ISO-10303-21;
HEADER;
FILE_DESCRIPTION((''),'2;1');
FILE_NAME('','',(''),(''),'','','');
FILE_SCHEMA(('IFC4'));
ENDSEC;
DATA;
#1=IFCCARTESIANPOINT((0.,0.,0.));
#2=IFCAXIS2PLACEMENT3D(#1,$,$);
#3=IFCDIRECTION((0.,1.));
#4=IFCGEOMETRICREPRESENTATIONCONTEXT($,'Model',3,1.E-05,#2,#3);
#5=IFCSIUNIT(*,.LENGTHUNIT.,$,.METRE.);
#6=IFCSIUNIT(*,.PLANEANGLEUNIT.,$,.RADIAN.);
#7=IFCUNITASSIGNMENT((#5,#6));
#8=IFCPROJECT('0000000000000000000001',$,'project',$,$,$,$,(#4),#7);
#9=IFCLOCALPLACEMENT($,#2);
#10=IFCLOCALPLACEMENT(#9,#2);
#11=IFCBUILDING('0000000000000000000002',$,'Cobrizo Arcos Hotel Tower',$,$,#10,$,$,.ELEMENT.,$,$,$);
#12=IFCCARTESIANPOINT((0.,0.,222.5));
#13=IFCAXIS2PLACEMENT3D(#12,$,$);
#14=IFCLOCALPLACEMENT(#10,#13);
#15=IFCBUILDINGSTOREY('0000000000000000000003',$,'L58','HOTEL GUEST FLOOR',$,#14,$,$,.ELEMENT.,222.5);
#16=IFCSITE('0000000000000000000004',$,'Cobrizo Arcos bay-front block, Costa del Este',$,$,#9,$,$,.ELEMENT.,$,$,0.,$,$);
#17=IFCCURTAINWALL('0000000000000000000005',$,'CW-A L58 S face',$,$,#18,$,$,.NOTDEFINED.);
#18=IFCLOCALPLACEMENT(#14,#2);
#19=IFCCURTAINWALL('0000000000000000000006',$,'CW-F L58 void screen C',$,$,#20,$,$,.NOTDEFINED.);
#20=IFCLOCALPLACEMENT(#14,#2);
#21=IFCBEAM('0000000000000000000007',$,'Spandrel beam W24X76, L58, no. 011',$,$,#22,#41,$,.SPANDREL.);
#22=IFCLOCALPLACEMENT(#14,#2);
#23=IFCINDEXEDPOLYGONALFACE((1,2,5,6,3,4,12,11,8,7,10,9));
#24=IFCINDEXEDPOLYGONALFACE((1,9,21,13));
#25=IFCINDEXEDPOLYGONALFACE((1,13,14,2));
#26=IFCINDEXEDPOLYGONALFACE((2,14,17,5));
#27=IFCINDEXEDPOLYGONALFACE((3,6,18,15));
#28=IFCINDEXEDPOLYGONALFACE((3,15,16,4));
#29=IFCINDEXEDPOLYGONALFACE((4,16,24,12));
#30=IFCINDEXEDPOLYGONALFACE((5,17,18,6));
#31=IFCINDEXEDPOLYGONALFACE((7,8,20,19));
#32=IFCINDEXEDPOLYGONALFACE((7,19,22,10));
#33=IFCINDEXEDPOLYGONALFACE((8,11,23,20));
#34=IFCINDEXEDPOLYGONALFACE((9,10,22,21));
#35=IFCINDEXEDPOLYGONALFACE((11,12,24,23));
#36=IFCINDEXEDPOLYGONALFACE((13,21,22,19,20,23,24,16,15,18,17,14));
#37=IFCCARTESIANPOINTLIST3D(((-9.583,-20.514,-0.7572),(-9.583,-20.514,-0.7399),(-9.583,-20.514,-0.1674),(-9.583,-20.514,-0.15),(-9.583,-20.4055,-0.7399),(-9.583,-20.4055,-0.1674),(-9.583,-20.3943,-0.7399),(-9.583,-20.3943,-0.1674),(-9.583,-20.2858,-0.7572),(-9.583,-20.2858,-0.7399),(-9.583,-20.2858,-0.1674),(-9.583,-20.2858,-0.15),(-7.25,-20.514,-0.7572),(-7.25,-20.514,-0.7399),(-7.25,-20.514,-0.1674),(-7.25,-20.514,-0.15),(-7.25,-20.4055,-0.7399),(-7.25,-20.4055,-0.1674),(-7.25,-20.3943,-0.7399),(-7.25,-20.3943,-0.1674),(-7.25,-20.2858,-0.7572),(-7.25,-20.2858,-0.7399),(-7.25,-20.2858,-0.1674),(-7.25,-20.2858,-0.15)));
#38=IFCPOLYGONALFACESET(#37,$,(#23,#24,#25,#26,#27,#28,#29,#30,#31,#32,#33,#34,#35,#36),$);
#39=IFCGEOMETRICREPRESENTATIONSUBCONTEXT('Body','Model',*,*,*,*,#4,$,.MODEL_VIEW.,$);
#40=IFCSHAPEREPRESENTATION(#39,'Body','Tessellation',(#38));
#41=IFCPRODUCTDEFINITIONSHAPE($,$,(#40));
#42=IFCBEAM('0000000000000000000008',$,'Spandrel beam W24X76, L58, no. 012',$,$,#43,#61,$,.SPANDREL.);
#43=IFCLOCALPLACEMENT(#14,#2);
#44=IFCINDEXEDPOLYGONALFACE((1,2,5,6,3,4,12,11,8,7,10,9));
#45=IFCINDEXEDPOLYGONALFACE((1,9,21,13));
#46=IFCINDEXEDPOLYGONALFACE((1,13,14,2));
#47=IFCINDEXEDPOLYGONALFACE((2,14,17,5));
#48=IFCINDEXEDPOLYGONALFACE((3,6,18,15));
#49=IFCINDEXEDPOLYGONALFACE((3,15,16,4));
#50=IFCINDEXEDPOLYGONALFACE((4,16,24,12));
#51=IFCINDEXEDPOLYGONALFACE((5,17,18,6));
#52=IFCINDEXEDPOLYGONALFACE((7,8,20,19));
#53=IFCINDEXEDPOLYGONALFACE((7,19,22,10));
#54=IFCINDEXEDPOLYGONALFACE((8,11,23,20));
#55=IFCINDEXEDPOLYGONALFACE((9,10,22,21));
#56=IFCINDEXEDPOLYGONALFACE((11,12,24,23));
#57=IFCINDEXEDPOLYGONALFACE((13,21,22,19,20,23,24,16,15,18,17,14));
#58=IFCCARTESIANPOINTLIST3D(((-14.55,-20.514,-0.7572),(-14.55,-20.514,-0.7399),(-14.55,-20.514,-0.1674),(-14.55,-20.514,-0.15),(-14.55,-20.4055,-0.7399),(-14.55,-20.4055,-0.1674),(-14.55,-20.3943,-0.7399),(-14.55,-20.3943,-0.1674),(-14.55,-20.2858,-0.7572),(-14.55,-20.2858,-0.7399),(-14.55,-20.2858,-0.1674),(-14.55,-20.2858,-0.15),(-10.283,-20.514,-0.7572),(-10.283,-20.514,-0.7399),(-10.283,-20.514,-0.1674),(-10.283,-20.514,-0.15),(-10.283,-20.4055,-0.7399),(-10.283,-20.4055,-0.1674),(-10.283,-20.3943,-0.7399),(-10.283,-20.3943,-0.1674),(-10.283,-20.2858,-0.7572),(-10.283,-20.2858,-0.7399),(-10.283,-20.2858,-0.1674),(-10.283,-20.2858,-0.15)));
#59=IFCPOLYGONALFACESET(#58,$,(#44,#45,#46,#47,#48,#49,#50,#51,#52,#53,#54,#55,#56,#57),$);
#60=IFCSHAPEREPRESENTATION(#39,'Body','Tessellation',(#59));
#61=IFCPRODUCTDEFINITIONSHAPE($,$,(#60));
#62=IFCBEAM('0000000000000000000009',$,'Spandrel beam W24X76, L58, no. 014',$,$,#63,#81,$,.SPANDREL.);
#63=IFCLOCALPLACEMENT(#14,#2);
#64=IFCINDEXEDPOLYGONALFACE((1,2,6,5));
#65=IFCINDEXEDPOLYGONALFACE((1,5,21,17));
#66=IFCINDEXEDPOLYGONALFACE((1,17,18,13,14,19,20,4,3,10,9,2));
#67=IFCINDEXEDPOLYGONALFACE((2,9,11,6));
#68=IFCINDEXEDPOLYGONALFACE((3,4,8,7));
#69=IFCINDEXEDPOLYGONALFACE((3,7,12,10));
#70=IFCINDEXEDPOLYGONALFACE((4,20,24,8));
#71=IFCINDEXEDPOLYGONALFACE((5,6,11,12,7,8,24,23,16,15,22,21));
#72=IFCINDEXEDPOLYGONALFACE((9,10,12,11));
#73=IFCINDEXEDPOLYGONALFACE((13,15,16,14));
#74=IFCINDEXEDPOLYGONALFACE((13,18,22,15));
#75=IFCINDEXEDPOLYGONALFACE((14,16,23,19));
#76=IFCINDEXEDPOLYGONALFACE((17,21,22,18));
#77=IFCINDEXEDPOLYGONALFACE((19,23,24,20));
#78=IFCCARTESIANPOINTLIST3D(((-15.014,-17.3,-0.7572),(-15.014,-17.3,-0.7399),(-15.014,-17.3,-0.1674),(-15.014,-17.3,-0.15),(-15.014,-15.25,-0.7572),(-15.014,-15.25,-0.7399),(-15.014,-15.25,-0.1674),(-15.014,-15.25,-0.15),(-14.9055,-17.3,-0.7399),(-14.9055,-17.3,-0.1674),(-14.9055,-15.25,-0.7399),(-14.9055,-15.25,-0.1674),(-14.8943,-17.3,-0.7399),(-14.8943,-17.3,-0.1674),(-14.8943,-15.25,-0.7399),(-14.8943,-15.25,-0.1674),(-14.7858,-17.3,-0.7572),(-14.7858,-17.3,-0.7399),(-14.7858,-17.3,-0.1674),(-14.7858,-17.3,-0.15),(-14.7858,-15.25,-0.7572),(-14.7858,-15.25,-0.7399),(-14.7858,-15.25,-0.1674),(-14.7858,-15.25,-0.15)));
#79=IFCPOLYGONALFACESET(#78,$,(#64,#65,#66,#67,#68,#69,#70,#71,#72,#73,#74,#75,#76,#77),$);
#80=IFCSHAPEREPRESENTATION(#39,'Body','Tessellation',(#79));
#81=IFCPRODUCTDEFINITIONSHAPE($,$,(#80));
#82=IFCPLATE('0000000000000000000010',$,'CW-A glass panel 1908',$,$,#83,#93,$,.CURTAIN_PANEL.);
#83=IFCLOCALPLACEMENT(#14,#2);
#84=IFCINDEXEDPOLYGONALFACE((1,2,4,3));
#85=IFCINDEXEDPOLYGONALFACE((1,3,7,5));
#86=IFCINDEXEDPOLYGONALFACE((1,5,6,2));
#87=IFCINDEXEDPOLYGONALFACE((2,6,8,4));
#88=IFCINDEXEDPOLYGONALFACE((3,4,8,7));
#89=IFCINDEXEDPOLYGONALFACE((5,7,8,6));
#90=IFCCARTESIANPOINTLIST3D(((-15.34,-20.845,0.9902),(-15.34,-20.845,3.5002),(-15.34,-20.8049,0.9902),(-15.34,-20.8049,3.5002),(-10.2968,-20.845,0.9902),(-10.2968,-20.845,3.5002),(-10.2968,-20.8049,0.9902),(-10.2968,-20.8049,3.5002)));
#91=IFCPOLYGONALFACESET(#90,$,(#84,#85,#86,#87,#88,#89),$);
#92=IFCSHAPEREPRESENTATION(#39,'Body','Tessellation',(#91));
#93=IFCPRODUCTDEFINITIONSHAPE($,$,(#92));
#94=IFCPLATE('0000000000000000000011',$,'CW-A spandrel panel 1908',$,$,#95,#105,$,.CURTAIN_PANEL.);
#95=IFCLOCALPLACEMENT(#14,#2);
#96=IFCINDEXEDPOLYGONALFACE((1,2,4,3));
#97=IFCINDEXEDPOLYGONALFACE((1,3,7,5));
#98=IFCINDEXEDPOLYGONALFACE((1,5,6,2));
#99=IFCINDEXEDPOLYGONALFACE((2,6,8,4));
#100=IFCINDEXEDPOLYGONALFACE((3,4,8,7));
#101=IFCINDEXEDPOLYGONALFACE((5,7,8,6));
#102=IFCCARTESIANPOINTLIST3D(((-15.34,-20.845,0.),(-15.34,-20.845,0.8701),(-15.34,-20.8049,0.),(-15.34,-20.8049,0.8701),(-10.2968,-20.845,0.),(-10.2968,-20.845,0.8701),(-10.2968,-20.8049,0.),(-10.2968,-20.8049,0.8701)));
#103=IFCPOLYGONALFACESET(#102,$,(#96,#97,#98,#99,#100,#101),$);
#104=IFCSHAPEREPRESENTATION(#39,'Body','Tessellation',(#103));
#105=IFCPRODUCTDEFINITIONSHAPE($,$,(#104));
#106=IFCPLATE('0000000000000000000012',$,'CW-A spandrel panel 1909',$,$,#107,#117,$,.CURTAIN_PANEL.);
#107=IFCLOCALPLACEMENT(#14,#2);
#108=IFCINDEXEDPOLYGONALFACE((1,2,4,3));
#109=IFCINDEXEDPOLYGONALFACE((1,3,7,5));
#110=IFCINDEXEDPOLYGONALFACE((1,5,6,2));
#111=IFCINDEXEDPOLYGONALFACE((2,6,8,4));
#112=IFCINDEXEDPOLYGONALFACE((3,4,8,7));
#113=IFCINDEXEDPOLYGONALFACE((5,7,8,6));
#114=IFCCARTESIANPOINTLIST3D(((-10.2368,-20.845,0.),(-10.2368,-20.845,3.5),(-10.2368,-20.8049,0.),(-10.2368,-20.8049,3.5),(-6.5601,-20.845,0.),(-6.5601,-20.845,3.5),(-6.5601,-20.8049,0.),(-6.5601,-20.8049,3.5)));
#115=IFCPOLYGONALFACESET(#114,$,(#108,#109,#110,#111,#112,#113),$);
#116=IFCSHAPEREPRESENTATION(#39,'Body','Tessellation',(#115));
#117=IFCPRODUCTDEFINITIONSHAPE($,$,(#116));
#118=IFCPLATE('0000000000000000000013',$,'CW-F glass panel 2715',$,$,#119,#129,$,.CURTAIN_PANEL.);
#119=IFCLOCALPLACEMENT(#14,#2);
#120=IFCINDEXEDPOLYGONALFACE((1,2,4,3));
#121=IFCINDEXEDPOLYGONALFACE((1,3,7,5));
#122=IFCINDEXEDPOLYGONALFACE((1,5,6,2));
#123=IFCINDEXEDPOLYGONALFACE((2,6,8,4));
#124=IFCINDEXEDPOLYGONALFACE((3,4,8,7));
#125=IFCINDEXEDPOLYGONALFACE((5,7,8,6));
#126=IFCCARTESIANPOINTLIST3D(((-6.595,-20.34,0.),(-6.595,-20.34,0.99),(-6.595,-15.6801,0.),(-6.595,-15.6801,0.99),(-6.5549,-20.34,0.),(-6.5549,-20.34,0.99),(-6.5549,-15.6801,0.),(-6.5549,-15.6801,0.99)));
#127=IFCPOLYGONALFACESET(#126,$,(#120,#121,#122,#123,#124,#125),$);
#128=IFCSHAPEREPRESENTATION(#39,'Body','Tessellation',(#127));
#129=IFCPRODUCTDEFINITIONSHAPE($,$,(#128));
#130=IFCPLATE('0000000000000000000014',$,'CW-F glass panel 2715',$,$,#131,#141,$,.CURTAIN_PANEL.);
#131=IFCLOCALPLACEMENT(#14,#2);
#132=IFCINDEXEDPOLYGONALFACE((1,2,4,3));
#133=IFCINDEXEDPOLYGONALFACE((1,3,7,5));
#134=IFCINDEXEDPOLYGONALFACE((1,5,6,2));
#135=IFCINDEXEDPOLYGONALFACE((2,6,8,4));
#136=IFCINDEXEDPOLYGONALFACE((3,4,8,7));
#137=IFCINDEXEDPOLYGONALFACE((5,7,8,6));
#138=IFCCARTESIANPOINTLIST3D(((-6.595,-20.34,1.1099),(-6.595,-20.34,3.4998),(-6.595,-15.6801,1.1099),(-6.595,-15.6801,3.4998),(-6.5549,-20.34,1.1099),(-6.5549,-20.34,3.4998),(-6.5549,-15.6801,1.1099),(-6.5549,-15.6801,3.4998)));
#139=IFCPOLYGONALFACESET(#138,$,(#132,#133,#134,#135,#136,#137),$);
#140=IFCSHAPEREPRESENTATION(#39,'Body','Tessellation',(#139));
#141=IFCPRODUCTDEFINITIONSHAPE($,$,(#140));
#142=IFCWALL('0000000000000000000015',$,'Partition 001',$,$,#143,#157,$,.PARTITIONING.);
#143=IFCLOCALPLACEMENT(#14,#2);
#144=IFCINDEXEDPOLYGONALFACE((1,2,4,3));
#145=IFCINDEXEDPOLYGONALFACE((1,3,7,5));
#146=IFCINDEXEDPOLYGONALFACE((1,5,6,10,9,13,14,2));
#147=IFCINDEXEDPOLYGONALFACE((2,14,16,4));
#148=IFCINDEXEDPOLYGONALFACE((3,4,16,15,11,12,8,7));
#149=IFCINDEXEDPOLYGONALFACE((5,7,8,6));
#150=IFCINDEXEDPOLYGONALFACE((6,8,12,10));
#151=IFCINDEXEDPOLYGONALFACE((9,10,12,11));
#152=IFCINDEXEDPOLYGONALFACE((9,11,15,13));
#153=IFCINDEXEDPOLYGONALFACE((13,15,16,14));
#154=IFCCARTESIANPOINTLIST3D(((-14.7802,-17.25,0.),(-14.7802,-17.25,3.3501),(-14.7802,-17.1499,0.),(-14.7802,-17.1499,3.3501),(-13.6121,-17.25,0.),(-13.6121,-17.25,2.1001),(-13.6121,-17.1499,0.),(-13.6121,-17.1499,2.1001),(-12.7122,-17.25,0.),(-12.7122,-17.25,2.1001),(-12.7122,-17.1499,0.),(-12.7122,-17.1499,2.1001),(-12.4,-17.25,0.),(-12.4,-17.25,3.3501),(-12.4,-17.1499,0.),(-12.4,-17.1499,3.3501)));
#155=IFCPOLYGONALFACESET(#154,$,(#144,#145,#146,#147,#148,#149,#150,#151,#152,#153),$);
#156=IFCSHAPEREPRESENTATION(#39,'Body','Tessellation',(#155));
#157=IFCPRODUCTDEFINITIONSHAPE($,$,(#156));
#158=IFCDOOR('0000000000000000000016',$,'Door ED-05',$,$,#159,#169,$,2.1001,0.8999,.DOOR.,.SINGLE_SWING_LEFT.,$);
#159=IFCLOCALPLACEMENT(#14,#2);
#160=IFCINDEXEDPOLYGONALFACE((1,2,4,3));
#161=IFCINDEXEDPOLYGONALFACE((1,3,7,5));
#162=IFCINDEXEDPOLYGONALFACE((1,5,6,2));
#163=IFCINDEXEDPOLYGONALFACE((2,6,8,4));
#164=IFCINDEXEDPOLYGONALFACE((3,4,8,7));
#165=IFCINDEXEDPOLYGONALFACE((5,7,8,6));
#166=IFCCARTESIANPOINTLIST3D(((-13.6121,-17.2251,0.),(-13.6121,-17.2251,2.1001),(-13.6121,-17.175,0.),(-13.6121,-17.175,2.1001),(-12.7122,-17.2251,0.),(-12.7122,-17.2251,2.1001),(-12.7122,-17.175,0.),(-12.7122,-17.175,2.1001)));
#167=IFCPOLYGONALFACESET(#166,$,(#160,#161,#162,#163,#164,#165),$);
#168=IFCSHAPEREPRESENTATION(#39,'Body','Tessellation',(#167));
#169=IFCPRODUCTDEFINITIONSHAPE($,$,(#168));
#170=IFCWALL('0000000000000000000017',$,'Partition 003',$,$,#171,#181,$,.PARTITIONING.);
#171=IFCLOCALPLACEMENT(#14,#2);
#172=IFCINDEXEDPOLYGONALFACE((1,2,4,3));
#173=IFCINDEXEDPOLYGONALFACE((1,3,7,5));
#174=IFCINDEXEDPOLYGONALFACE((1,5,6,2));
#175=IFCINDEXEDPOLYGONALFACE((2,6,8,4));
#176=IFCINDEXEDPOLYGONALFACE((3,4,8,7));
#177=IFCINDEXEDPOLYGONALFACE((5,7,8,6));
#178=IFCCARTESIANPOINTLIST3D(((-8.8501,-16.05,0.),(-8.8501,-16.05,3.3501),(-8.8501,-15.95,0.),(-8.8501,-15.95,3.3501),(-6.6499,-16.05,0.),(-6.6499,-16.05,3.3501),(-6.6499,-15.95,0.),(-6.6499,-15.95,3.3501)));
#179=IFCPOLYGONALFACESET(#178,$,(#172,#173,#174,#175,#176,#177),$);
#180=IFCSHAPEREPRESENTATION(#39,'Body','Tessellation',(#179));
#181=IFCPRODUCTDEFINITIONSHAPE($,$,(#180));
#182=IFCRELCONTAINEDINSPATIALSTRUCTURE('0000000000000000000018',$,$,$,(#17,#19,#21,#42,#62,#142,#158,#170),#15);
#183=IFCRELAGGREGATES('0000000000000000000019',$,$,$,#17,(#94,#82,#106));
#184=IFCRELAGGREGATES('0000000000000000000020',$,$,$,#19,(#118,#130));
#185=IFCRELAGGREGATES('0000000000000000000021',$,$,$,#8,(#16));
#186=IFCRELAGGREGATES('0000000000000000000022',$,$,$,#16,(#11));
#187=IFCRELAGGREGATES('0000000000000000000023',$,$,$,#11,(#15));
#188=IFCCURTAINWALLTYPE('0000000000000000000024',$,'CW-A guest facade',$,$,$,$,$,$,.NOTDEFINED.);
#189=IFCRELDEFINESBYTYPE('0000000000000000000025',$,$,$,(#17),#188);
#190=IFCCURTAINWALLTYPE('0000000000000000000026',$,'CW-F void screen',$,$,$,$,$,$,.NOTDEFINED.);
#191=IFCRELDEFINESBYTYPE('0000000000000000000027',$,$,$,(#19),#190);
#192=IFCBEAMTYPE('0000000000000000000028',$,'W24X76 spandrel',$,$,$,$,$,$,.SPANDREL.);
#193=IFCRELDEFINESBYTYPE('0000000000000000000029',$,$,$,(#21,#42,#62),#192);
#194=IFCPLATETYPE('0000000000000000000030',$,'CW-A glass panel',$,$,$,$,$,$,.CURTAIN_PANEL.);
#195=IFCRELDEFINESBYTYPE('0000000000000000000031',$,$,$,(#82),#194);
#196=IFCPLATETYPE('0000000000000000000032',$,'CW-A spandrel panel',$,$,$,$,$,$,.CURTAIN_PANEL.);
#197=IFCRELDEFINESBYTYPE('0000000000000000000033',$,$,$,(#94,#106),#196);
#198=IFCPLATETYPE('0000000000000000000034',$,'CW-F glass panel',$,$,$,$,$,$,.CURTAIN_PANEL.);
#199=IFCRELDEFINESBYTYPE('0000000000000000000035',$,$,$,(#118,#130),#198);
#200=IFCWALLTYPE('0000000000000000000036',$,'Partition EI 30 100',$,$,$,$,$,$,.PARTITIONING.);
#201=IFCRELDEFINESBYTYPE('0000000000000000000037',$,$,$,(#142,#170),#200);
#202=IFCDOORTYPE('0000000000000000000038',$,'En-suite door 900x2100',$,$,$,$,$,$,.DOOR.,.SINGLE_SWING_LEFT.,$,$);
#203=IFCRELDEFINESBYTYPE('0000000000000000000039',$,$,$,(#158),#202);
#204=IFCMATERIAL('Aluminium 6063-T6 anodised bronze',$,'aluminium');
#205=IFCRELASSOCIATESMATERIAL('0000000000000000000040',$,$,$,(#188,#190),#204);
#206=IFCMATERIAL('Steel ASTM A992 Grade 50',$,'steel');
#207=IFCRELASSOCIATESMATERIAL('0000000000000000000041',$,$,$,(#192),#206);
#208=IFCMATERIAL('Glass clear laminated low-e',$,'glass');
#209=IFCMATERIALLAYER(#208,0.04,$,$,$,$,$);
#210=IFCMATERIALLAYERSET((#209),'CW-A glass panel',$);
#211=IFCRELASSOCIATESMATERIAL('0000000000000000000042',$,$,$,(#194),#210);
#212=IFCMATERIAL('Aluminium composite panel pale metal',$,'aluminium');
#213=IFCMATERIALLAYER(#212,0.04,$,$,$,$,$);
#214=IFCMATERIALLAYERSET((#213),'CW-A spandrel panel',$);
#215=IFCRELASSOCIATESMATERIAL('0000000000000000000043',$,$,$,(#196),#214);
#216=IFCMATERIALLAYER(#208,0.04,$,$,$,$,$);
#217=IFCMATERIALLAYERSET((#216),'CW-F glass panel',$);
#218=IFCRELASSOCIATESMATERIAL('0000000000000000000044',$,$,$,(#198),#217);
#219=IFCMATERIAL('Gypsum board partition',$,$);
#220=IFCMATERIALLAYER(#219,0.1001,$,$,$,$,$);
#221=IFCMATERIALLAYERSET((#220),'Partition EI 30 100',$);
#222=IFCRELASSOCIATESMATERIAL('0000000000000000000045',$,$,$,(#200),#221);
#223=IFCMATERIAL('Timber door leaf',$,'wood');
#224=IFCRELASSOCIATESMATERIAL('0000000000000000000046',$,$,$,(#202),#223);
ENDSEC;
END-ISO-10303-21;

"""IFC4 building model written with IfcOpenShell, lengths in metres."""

from ifc_helpers import new_model, si_unit, direction, frame, frame_2d, origin, origin_2d, place, context, subcontext, project, spatial, rectangle, i_section, extrude, material, layer, layer_set, material_profile, profile_set, type_object, element, fill, aggregate, save


model = new_model("IFC4")

# Units and contexts
model_context = context("Model", 3, precision=1e-05, world=origin(), true_north=direction((0.0, 1.0)))
body_context = subcontext(model_context, "Body", "Model", "MODEL_VIEW")
ifc_project = project(units=[si_unit("LENGTHUNIT", "METRE"), si_unit("PLANEANGLEUNIT", "RADIAN")], contexts=[model_context])

# Site, building, storey
site_placement = place(None, origin())
site = spatial("IfcSite", under=ifc_project, at=site_placement, Name="Cobrizo Arcos bay-front block, Costa del Este", CompositionType="ELEMENT", RefElevation=0.0)
building_placement = place(site_placement, origin())
building = spatial("IfcBuilding", under=site, at=building_placement, Name="Cobrizo Arcos Hotel Tower", CompositionType="ELEMENT")
storey_placement = place(building_placement, frame((0.0, 0.0, 222.5)))
storey = spatial("IfcBuildingStorey", under=building, at=storey_placement, Name="L58", Description="HOTEL GUEST FLOOR", CompositionType="ELEMENT", Elevation=222.5)

# Curtain walls
ifc_material_1 = material(Name="Aluminium 6063-T6 anodised bronze", Category="aluminium")
curtain_wall_type_1 = type_object("IfcCurtainWallType", Name="CW-A guest facade", PredefinedType="NOTDEFINED", material=ifc_material_1)
curtain_wall_1_placement = place(storey_placement, origin())
curtain_wall_1 = element("IfcCurtainWall", 1, at=curtain_wall_1_placement, inside=storey, type_object=curtain_wall_type_1, Name="CW-A L58 S face", PredefinedType="NOTDEFINED")
curtain_wall_type_2 = type_object("IfcCurtainWallType", Name="CW-F void screen", PredefinedType="NOTDEFINED", material=ifc_material_1)
curtain_wall_2_placement = place(storey_placement, origin())
curtain_wall_2 = element("IfcCurtainWall", 2, at=curtain_wall_2_placement, inside=storey, type_object=curtain_wall_type_2, Name="CW-F L58 void screen C", PredefinedType="NOTDEFINED")

# Beams
ifc_material_2 = material(Name="Steel ASTM A992 Grade 50", Category="steel")
ifc_material_profile_1 = material_profile(ifc_material_2, i_section(OverallWidth=0.2283, OverallDepth=0.6072, WebThickness=0.0112, FlangeThickness=0.0173, at=origin_2d()), Name="W24X76")
ifc_profile_set_1 = profile_set([ifc_material_profile_1], Name="Steel ASTM A992 Grade 50")
beam_type_1 = type_object("IfcBeamType", Name="W24X76 spandrel", PredefinedType="SPANDREL", material=ifc_profile_set_1)
beam_1_placement = place(storey_placement, frame((-7.25, -20.3999, -0.4536), z_axis=(-1.0, 0.0, 0.0), x_axis=(0.0, -1.0, 0.0)))
element("IfcBeam", 3, at=beam_1_placement, inside=storey, type_object=beam_type_1, Name="Spandrel beam W24X76, L58, no. 011", PredefinedType="SPANDREL", context=body_context, shape_type="SweptSolid", body=[
    extrude(i_section(OverallWidth=0.2283, OverallDepth=0.6072, WebThickness=0.0112, FlangeThickness=0.0173, at=origin_2d()), origin(), (0.0, 0.0, 1.0), 2.333),
])
beam_2_placement = place(storey_placement, frame((-10.283, -20.3999, -0.4536), z_axis=(-1.0, 0.0, 0.0), x_axis=(0.0, -1.0, 0.0)))
element("IfcBeam", 4, at=beam_2_placement, inside=storey, type_object=beam_type_1, Name="Spandrel beam W24X76, L58, no. 012", PredefinedType="SPANDREL", context=body_context, shape_type="SweptSolid", body=[
    extrude(i_section(OverallWidth=0.2283, OverallDepth=0.6072, WebThickness=0.0112, FlangeThickness=0.0173, at=origin_2d()), origin(), (0.0, 0.0, 1.0), 4.2671),
])
beam_3_placement = place(storey_placement, frame((-14.8999, -17.3, -0.4536), z_axis=(0.0, 1.0, 0.0), x_axis=(-1.0, 0.0, 0.0)))
element("IfcBeam", 5, at=beam_3_placement, inside=storey, type_object=beam_type_1, Name="Spandrel beam W24X76, L58, no. 014", PredefinedType="SPANDREL", context=body_context, shape_type="SweptSolid", body=[
    extrude(i_section(OverallWidth=0.2283, OverallDepth=0.6072, WebThickness=0.0112, FlangeThickness=0.0173, at=origin_2d()), origin(), (0.0, 0.0, 1.0), 2.05),
])

# Plates
ifc_material_3 = material(Name="Glass clear laminated low-e", Category="glass")
ifc_layer_1 = layer(ifc_material_3, 0.04)
ifc_layer_set_1 = layer_set([ifc_layer_1], Name="CW-A glass panel")
plate_type_1 = type_object("IfcPlateType", Name="CW-A glass panel", PredefinedType="CURTAIN_PANEL", material=ifc_layer_set_1)
plate_1_placement = place(storey_placement, frame((-12.8184, -20.825, 0.9902), z_axis=(0.0, 0.0, 1.0), x_axis=(1.0, 0.0, 0.0)))
plate_1 = element("IfcPlate", 6, at=plate_1_placement, type_object=plate_type_1, Name="CW-A glass panel 1908", PredefinedType="CURTAIN_PANEL", context=body_context, shape_type="SweptSolid", body=[
    extrude(rectangle(XDim=5.0432, YDim=0.04, at=origin_2d()), origin(), (0.0, 0.0, 1.0), 2.51),
])
ifc_material_4 = material(Name="Aluminium composite panel pale metal", Category="aluminium")
ifc_layer_2 = layer(ifc_material_4, 0.04)
ifc_layer_set_2 = layer_set([ifc_layer_2], Name="CW-A spandrel panel")
plate_type_2 = type_object("IfcPlateType", Name="CW-A spandrel panel", PredefinedType="CURTAIN_PANEL", material=ifc_layer_set_2)
plate_2_placement = place(storey_placement, frame((-12.8184, -20.825, 0.0), z_axis=(0.0, 0.0, 1.0), x_axis=(1.0, 0.0, 0.0)))
plate_2 = element("IfcPlate", 7, at=plate_2_placement, type_object=plate_type_2, Name="CW-A spandrel panel 1908", PredefinedType="CURTAIN_PANEL", context=body_context, shape_type="SweptSolid", body=[
    extrude(rectangle(XDim=5.0432, YDim=0.04, at=origin_2d()), origin(), (0.0, 0.0, 1.0), 0.8701),
])
plate_3_placement = place(storey_placement, frame((-8.3984, -20.825, 0.0), z_axis=(0.0, 0.0, 1.0), x_axis=(1.0, 0.0, 0.0)))
plate_3 = element("IfcPlate", 8, at=plate_3_placement, type_object=plate_type_2, Name="CW-A spandrel panel 1909", PredefinedType="CURTAIN_PANEL", context=body_context, shape_type="SweptSolid", body=[
    extrude(rectangle(XDim=3.6768, YDim=0.04, at=origin_2d()), origin(), (0.0, 0.0, 1.0), 3.5),
])
aggregate(curtain_wall_1, [plate_2, plate_1, plate_3])
ifc_layer_3 = layer(ifc_material_3, 0.04)
ifc_layer_set_3 = layer_set([ifc_layer_3], Name="CW-F glass panel")
plate_type_3 = type_object("IfcPlateType", Name="CW-F glass panel", PredefinedType="CURTAIN_PANEL", material=ifc_layer_set_3)
plate_4_placement = place(storey_placement, frame((-6.575, -18.01, 0.0), z_axis=(0.0, 0.0, 1.0), x_axis=(0.0, -1.0, 0.0)))
plate_4 = element("IfcPlate", 9, at=plate_4_placement, type_object=plate_type_3, Name="CW-F glass panel 2715", PredefinedType="CURTAIN_PANEL", context=body_context, shape_type="SweptSolid", body=[
    extrude(rectangle(XDim=4.6599, YDim=0.04, at=origin_2d()), origin(), (0.0, 0.0, 1.0), 0.99),
])
plate_5_placement = place(storey_placement, frame((-6.575, -18.01, 1.1099), z_axis=(0.0, 0.0, 1.0), x_axis=(0.0, -1.0, 0.0)))
plate_5 = element("IfcPlate", 10, at=plate_5_placement, type_object=plate_type_3, Name="CW-F glass panel 2715", PredefinedType="CURTAIN_PANEL", context=body_context, shape_type="SweptSolid", body=[
    extrude(rectangle(XDim=4.6599, YDim=0.04, at=origin_2d()), origin(), (0.0, 0.0, 1.0), 2.3899),
])
aggregate(curtain_wall_2, [plate_4, plate_5])

# Wall, opening, door
ifc_material_5 = material(Name="Gypsum board partition")
ifc_layer_4 = layer(ifc_material_5, 0.1001)
ifc_layer_set_4 = layer_set([ifc_layer_4], Name="Partition EI 30 100")
wall_type = type_object("IfcWallType", Name="Partition EI 30 100", PredefinedType="PARTITIONING", material=ifc_layer_set_4)
wall_1_placement = place(storey_placement, frame((-14.78, -17.2, 0.0), z_axis=(0.0, 0.0, 1.0), x_axis=(1.0, 0.0, 0.0)))
wall_1 = element("IfcWall", 11, at=wall_1_placement, inside=storey, type_object=wall_type, Name="Partition 001", PredefinedType="PARTITIONING", context=body_context, shape_type="SweptSolid", body=[
    extrude(rectangle(XDim=2.3801, YDim=0.1001, at=frame_2d((1.1899, 0.0))), origin(), (0.0, 0.0, 1.0), 3.3501),
])
opening_1_placement = place(wall_1_placement, frame((1.168, 0.0, 0.0)))
opening_1 = element("IfcOpeningElement", 12, at=opening_1_placement, cuts=wall_1, PredefinedType="OPENING", context=body_context, shape_type="SweptSolid", body=[
    extrude(rectangle(XDim=0.8999, YDim=2.1001, at=frame_2d((0.45, 1.05))), frame((0.0, 0.062, 0.0), z_axis=(0.0, -1.0, 0.0), x_axis=(1.0, 0.0, 0.0)), (0.0, 0.0, 1.0), 0.124),
])
ifc_material_6 = material(Name="Timber door leaf", Category="wood")
door_type = type_object("IfcDoorType", Name="En-suite door 900x2100", OperationType="SINGLE_SWING_LEFT", PredefinedType="DOOR", material=ifc_material_6)
door_1_placement = place(opening_1_placement, origin())
door_1 = element("IfcDoor", 13, at=door_1_placement, inside=storey, type_object=door_type, Name="Door ED-05", OperationType="SINGLE_SWING_LEFT", OverallHeight=2.1001, OverallWidth=0.8999, PredefinedType="DOOR", context=body_context, shape_type="SweptSolid", body=[
    extrude(rectangle(XDim=0.8999, YDim=2.1001, at=frame_2d((0.45, 1.05))), frame((0.0, 0.0249, 0.0), z_axis=(0.0, -1.0, 0.0), x_axis=(1.0, 0.0, 0.0)), (0.0, 0.0, 1.0), 0.05),
])
fill(opening_1, door_1)

# Wall
wall_2_placement = place(storey_placement, frame((-8.8501, -16.0, 0.0), z_axis=(0.0, 0.0, 1.0), x_axis=(1.0, 0.0, 0.0)))
element("IfcWall", 14, at=wall_2_placement, inside=storey, type_object=wall_type, Name="Partition 003", PredefinedType="PARTITIONING", context=body_context, shape_type="SweptSolid", body=[
    extrude(rectangle(XDim=2.2002, YDim=0.1001, at=frame_2d((1.1001, 0.0))), origin(), (0.0, 0.0, 1.0), 3.3501),
])

save(model, "model.ifc")
